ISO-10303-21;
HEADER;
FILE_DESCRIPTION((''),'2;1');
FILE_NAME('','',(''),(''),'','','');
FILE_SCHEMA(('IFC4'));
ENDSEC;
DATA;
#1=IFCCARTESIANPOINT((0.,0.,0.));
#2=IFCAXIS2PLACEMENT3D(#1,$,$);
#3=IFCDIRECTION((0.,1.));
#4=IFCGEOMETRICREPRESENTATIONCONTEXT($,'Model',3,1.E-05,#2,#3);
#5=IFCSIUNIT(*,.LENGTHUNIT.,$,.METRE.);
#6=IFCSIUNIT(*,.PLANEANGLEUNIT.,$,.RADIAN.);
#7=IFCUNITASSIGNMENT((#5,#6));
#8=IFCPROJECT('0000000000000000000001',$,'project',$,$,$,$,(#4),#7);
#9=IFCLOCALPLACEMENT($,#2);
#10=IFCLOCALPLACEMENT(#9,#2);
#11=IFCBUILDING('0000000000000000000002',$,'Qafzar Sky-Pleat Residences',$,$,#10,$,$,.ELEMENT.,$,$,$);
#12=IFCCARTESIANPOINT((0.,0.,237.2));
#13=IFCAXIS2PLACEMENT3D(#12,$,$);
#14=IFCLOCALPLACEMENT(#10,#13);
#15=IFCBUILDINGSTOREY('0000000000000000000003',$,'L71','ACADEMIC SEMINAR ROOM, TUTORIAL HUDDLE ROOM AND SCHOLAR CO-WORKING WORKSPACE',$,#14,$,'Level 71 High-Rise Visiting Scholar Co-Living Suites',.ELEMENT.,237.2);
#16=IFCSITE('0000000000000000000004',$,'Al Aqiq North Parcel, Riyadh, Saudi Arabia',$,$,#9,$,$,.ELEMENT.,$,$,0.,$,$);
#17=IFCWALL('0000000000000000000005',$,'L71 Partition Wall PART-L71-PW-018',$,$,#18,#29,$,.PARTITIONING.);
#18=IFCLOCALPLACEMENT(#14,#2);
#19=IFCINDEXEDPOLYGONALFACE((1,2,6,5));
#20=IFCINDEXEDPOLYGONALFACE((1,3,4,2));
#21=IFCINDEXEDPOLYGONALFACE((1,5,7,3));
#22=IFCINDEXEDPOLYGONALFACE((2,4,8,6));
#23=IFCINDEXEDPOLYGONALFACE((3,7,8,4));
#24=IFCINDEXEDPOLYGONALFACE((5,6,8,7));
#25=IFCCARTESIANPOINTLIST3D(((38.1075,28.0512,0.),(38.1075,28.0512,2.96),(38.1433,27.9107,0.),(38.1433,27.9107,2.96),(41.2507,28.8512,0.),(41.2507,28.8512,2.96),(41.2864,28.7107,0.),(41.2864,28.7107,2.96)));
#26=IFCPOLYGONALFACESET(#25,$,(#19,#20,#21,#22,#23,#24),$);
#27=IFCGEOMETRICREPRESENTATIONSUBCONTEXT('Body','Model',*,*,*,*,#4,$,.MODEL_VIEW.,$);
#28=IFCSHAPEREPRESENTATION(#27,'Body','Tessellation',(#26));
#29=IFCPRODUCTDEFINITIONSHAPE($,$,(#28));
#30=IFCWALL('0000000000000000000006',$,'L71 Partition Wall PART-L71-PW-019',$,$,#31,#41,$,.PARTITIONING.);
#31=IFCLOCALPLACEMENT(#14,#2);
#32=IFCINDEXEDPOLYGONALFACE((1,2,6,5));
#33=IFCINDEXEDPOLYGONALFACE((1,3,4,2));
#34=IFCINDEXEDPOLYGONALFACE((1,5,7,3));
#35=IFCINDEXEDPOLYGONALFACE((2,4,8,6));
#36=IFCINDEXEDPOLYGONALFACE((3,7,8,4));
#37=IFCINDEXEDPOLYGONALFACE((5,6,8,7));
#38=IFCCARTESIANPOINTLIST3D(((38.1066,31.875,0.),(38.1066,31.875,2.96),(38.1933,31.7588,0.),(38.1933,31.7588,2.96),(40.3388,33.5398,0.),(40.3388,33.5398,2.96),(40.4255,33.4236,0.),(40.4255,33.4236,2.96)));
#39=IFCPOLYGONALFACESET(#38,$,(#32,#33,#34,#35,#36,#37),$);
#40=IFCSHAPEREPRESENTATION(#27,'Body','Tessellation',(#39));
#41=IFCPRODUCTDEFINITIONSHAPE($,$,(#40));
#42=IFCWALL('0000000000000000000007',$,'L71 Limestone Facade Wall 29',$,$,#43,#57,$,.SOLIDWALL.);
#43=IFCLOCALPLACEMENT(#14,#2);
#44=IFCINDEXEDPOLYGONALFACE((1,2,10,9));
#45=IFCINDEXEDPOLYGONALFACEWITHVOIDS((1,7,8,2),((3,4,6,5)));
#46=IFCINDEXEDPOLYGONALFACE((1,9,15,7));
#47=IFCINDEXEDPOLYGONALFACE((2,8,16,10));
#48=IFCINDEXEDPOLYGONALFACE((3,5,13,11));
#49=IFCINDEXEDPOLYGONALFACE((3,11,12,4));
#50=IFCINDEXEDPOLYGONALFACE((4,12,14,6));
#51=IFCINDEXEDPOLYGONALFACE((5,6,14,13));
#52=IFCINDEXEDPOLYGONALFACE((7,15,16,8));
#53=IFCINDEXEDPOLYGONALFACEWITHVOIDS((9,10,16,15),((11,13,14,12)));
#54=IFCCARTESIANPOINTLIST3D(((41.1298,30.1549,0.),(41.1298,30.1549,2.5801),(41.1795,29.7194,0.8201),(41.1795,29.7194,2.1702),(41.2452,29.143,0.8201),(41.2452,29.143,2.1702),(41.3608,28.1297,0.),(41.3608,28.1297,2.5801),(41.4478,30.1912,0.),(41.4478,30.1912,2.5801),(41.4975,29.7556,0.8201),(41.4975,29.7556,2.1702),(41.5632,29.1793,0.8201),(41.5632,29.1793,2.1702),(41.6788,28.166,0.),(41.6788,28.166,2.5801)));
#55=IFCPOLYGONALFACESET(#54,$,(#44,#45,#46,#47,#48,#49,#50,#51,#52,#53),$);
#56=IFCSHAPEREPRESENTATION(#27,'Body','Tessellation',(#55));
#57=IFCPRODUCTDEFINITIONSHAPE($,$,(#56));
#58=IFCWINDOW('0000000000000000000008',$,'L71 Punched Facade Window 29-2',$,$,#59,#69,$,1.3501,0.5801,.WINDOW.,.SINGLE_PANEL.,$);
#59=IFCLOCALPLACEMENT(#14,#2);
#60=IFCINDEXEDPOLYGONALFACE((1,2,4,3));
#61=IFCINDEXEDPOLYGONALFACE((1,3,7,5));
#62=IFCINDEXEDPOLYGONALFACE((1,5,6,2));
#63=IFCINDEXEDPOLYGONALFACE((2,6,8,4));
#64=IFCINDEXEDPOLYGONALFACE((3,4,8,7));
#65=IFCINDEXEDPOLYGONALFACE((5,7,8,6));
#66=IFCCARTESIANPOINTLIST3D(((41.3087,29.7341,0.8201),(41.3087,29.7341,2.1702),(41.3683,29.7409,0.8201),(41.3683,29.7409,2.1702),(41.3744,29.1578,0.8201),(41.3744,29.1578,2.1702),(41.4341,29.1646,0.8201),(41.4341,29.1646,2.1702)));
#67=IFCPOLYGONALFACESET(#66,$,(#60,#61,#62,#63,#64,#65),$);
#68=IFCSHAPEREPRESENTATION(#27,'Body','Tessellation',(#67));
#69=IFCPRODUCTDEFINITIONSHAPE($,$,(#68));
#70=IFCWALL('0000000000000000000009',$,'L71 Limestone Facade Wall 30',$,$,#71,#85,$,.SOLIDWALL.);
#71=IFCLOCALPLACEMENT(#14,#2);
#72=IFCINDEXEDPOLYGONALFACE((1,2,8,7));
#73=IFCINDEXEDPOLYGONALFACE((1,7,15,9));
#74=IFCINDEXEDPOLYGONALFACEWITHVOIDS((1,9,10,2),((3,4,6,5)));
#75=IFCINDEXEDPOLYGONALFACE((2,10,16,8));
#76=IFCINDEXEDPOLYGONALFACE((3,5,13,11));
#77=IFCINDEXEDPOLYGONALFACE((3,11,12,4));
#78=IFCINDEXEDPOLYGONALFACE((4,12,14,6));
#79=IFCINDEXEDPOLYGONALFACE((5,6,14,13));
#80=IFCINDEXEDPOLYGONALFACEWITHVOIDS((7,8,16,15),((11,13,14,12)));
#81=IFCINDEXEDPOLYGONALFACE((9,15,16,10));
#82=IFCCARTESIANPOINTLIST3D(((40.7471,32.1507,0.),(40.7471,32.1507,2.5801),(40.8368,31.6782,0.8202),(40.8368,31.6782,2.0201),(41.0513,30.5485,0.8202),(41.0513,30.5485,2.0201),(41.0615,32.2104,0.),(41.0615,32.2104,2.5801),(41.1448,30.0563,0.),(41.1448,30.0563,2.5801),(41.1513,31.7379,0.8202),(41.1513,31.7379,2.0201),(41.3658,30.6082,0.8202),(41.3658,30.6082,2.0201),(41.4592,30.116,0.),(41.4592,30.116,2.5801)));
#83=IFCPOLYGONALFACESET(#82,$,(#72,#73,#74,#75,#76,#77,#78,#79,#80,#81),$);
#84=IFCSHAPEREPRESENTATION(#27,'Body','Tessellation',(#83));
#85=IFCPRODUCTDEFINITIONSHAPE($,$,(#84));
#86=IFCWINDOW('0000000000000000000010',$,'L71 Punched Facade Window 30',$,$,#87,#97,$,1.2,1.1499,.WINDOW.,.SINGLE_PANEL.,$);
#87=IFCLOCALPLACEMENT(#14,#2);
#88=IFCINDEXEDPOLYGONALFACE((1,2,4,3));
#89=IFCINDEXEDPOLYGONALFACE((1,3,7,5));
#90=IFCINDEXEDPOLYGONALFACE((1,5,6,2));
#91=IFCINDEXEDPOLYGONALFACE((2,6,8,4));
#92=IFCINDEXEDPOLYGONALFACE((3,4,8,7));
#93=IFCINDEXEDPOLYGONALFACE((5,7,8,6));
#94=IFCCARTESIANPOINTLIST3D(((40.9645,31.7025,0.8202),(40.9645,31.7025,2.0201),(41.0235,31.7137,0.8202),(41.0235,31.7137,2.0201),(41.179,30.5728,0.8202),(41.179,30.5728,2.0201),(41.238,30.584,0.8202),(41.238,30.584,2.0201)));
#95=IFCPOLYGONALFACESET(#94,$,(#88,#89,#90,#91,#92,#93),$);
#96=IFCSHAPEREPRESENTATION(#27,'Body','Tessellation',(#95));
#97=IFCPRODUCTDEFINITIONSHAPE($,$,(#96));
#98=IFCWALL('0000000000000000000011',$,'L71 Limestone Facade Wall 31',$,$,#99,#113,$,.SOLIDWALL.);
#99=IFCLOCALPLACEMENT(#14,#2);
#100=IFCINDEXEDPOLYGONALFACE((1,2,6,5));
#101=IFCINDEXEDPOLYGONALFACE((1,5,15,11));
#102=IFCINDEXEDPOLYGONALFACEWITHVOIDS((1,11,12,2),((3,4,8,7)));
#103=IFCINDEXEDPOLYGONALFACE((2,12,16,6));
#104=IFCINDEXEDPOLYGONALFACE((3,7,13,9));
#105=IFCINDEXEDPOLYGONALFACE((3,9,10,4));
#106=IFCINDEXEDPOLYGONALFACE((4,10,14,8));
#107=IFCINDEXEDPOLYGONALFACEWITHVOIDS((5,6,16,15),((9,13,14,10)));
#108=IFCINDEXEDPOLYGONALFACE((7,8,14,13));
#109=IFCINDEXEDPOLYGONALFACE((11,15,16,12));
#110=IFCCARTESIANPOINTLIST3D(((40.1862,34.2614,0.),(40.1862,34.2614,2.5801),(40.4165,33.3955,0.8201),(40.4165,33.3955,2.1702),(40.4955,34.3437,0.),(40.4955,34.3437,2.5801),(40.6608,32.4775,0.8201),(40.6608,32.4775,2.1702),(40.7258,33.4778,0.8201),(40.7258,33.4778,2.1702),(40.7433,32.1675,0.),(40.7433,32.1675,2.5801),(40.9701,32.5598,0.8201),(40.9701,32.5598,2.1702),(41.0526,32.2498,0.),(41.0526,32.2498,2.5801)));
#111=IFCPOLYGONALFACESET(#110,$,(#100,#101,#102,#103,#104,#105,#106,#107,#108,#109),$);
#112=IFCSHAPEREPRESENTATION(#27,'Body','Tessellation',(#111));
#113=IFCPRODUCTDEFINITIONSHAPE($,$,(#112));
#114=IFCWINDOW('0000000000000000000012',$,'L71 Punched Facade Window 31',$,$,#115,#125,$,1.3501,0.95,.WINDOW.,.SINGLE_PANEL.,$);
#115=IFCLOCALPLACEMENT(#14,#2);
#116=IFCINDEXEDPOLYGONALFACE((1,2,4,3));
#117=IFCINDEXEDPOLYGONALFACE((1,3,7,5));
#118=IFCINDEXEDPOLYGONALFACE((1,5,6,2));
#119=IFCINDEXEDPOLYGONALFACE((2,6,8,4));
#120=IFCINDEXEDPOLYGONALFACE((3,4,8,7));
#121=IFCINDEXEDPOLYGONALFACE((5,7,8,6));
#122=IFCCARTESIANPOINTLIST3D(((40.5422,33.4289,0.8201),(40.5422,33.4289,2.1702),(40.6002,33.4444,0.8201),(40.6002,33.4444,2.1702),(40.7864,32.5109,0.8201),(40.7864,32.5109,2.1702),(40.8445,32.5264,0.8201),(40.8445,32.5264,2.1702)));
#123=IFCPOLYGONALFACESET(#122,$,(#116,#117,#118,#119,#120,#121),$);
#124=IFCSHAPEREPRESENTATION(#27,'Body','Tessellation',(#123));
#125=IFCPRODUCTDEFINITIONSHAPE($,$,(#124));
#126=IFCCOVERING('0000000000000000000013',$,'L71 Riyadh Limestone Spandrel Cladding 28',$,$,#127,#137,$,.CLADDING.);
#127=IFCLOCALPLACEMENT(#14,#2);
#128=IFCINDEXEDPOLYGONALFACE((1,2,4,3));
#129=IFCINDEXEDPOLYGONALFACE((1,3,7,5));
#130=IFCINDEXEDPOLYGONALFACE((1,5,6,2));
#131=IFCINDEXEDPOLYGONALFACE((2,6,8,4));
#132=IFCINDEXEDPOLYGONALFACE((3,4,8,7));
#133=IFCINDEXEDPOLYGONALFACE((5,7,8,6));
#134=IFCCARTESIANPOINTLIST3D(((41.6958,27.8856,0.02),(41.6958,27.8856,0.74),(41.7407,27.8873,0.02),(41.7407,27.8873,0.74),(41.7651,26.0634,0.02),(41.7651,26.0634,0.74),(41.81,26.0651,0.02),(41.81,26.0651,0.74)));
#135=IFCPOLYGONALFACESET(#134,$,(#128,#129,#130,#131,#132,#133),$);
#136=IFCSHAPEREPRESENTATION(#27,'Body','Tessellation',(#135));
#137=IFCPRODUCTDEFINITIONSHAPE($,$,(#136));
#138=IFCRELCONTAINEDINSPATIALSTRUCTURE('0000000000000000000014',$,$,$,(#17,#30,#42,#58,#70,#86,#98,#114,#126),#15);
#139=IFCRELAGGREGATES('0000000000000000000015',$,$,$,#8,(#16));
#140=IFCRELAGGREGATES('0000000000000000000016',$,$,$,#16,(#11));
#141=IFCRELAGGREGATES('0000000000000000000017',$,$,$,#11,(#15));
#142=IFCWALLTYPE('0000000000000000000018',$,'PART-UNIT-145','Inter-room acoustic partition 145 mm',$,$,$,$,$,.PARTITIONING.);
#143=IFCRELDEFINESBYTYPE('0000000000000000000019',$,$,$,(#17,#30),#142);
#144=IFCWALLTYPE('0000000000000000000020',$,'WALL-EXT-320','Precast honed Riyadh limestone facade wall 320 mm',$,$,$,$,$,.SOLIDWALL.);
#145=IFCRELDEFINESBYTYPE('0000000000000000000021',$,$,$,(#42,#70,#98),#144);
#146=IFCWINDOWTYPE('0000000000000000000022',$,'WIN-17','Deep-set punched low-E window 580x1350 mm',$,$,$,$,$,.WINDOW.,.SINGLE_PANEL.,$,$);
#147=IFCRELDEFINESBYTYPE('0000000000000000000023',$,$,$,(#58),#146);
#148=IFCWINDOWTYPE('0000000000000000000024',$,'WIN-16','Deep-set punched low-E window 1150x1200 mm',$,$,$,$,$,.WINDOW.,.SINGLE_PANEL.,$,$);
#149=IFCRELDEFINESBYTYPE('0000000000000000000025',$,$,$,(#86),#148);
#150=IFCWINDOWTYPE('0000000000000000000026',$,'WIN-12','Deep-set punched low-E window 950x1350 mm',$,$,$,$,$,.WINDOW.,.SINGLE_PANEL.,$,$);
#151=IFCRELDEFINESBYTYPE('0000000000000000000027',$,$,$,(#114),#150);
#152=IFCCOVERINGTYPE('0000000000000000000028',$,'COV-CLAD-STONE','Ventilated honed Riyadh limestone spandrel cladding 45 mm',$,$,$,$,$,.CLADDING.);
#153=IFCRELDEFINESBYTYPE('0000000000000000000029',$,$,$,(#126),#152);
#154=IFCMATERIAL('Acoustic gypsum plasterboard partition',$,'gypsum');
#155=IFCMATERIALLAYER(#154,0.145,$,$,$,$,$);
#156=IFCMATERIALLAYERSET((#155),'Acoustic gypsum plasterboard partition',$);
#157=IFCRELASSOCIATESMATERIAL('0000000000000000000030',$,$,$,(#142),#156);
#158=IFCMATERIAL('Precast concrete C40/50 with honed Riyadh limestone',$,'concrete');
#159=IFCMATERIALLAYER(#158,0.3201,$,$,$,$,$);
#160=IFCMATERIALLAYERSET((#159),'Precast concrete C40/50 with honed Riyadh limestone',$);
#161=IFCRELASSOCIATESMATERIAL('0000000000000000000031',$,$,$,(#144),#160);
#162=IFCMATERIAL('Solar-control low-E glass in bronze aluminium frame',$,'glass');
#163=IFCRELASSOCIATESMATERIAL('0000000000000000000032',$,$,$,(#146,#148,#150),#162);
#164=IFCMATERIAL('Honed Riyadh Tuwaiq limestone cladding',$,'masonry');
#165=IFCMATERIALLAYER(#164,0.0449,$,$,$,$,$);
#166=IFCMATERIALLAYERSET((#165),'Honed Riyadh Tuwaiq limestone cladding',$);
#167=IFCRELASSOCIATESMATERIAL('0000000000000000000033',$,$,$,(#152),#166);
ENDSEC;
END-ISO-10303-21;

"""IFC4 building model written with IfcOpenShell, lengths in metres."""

from ifc_helpers import new_model, si_unit, direction, frame, frame_2d, origin, origin_2d, place, context, subcontext, project, spatial, rectangle, extrude, source, transform, mapped, material, layer, layer_set, type_object, element, fill, save


model = new_model("IFC4")

# Units and contexts
model_context = context("Model", 3, precision=1e-05, world=origin(), true_north=direction((0.0, 1.0)))
body_context = subcontext(model_context, "Body", "Model", "MODEL_VIEW")
ifc_project = project(units=[si_unit("LENGTHUNIT", "METRE"), si_unit("PLANEANGLEUNIT", "RADIAN")], contexts=[model_context])

# Site, building, storey
site_placement = place(None, origin())
site = spatial("IfcSite", under=ifc_project, at=site_placement, Name="Al Aqiq North Parcel, Riyadh, Saudi Arabia", CompositionType="ELEMENT", RefElevation=0.0)
building_placement = place(site_placement, origin())
building = spatial("IfcBuilding", under=site, at=building_placement, Name="Qafzar Sky-Pleat Residences", CompositionType="ELEMENT")
storey_placement = place(building_placement, frame((0.0, 0.0, 237.2)))
storey = spatial("IfcBuildingStorey", under=building, at=storey_placement, Name="L71", Description="ACADEMIC SEMINAR ROOM, TUTORIAL HUDDLE ROOM AND SCHOLAR CO-WORKING WORKSPACE", LongName="Level 71 High-Rise Visiting Scholar Co-Living Suites", CompositionType="ELEMENT", Elevation=237.2)

# Shared definitions
ifc_material_1 = material(Name="Acoustic gypsum plasterboard partition", Category="gypsum")

# Walls
ifc_layer_1 = layer(ifc_material_1, 0.145)
ifc_layer_set_1 = layer_set([ifc_layer_1], Name="Acoustic gypsum plasterboard partition")
wall_type_1 = type_object("IfcWallType", Name="PART-UNIT-145", Description="Inter-room acoustic partition 145 mm", PredefinedType="PARTITIONING", material=ifc_layer_set_1)
wall_1_placement = place(storey_placement, frame((38.1255, 27.981, 0.0), z_axis=(0.0, 0.0, 1.0), x_axis=(0.969102, 0.24666, 0.0)))
element("IfcWall", 1, at=wall_1_placement, inside=storey, type_object=wall_type_1, Name="L71 Partition Wall PART-L71-PW-018", PredefinedType="PARTITIONING", context=body_context, shape_type="SweptSolid", body=[
    extrude(rectangle(XDim=3.2434, YDim=0.145, at=frame_2d((1.6216, 0.0))), origin(), (0.0, 0.0, 1.0), 2.96),
])
wall_2_placement = place(storey_placement, frame((38.1499, 31.8169, 0.0), z_axis=(0.0, 0.0, 1.0), x_axis=(0.801607, 0.597852, 0.0)))
element("IfcWall", 2, at=wall_2_placement, inside=storey, type_object=wall_type_1, Name="L71 Partition Wall PART-L71-PW-019", PredefinedType="PARTITIONING", context=body_context, shape_type="SweptSolid", body=[
    extrude(rectangle(XDim=2.7847, YDim=0.145, at=frame_2d((1.3923, 0.0))), origin(), (0.0, 0.0, 1.0), 2.96),
])

# Walls, openings, windows
ifc_material_2 = material(Name="Precast concrete C40/50 with honed Riyadh limestone", Category="concrete")
ifc_layer_2 = layer(ifc_material_2, 0.3201)
ifc_layer_set_2 = layer_set([ifc_layer_2], Name="Precast concrete C40/50 with honed Riyadh limestone")
wall_type_2 = type_object("IfcWallType", Name="WALL-EXT-320", Description="Precast honed Riyadh limestone facade wall 320 mm", PredefinedType="SOLIDWALL", material=ifc_layer_set_2)
wall_3_placement = place(storey_placement, frame((41.5198, 28.1479, 0.0), z_axis=(0.0, 0.0, 1.0), x_axis=(-0.11331, 0.99356, 0.0)))
wall_3 = element("IfcWall", 3, at=wall_3_placement, inside=storey, type_object=wall_type_2, Name="L71 Limestone Facade Wall 29", PredefinedType="SOLIDWALL", context=body_context, shape_type="SweptSolid", body=[
    extrude(rectangle(XDim=2.0383, YDim=0.3201, at=frame_2d((1.019, 0.0))), origin(), (0.0, 0.0, 1.0), 2.5801),
])
opening_1_placement = place(wall_3_placement, frame((1.0198, 0.0, 0.8201)))
opening_1 = element("IfcOpeningElement", 4, at=opening_1_placement, cuts=wall_3, PredefinedType="OPENING", context=body_context, shape_type="SweptSolid", body=[
    extrude(rectangle(XDim=0.5801, YDim=1.3501, at=frame_2d((0.29, 0.675))), frame((0.0, 0.1699, 0.0), z_axis=(0.0, -1.0, 0.0), x_axis=(1.0, 0.0, 0.0)), (0.0, 0.0, 1.0), 0.3401),
])
ifc_material_3 = material(Name="Solar-control low-E glass in bronze aluminium frame", Category="glass")
window_type_1 = type_object("IfcWindowType", Name="WIN-17", Description="Deep-set punched low-E window 580x1350 mm", PartitioningType="SINGLE_PANEL", PredefinedType="WINDOW", material=ifc_material_3)
shared_shape_1 = source(origin(), body_context, "Body", "SweptSolid", [
    extrude(rectangle(XDim=0.5801, YDim=1.3501, at=frame_2d((0.29, 0.675))), frame((0.0, 0.03, 0.0), z_axis=(0.0, -1.0, 0.0), x_axis=(1.0, 0.0, 0.0)), (0.0, 0.0, 1.0), 0.0601),
])
window_1_placement = place(opening_1_placement, origin())
window_1 = element("IfcWindow", 5, at=window_1_placement, inside=storey, type_object=window_type_1, Name="L71 Punched Facade Window 29-2", OverallHeight=1.3501, OverallWidth=0.5801, PartitioningType="SINGLE_PANEL", PredefinedType="WINDOW", context=body_context, shape_type="MappedRepresentation", body=[
    mapped(shared_shape_1, transform((0.0, 0.0, 0.0), x_axis=(1.0, 0.0, 0.0), y_axis=(0.0, 1.0, 0.0), z_axis=(0.0, 0.0, 1.0), scale=1.0)),
])
fill(opening_1, window_1)
wall_4_placement = place(storey_placement, frame((41.302, 30.0862, 0.0), z_axis=(0.0, 0.0, 1.0), x_axis=(-0.186549, 0.982446, 0.0)))
wall_4 = element("IfcWall", 6, at=wall_4_placement, inside=storey, type_object=wall_type_2, Name="L71 Limestone Facade Wall 30", PredefinedType="SOLIDWALL", context=body_context, shape_type="SweptSolid", body=[
    extrude(rectangle(XDim=2.1318, YDim=0.3201, at=frame_2d((1.0659, 0.0))), origin(), (0.0, 0.0, 1.0), 2.5801),
])
opening_2_placement = place(wall_4_placement, frame((0.501, 0.0, 0.8201)))
opening_2 = element("IfcOpeningElement", 7, at=opening_2_placement, cuts=wall_4, PredefinedType="OPENING", context=body_context, shape_type="SweptSolid", body=[
    extrude(rectangle(XDim=1.1499, YDim=1.2, at=frame_2d((0.575, 0.6001))), frame((0.0, 0.1699, 0.0), z_axis=(0.0, -1.0, 0.0), x_axis=(1.0, 0.0, 0.0)), (0.0, 0.0, 1.0), 0.3401),
])
window_type_2 = type_object("IfcWindowType", Name="WIN-16", Description="Deep-set punched low-E window 1150x1200 mm", PartitioningType="SINGLE_PANEL", PredefinedType="WINDOW", material=ifc_material_3)
shared_shape_2 = source(origin(), body_context, "Body", "SweptSolid", [
    extrude(rectangle(XDim=1.1499, YDim=1.2, at=frame_2d((0.575, 0.6001))), frame((0.0, 0.03, 0.0), z_axis=(0.0, -1.0, 0.0), x_axis=(1.0, 0.0, 0.0)), (0.0, 0.0, 1.0), 0.0601),
])
window_2_placement = place(opening_2_placement, origin())
window_2 = element("IfcWindow", 8, at=window_2_placement, inside=storey, type_object=window_type_2, Name="L71 Punched Facade Window 30", OverallHeight=1.2, OverallWidth=1.1499, PartitioningType="SINGLE_PANEL", PredefinedType="WINDOW", context=body_context, shape_type="MappedRepresentation", body=[
    mapped(shared_shape_2, transform((0.0, 0.0, 0.0), x_axis=(1.0, 0.0, 0.0), y_axis=(0.0, 1.0, 0.0), z_axis=(0.0, 0.0, 1.0), scale=1.0)),
])
fill(opening_2, window_2)
wall_5_placement = place(storey_placement, frame((40.8979, 32.2085, 0.0), z_axis=(0.0, 0.0, 1.0), x_axis=(-0.257116, 0.966381, 0.0)))
wall_5 = element("IfcWall", 9, at=wall_5_placement, inside=storey, type_object=wall_type_2, Name="L71 Limestone Facade Wall 31", PredefinedType="SOLIDWALL", context=body_context, shape_type="SweptSolid", body=[
    extrude(rectangle(XDim=2.1667, YDim=0.3201, at=frame_2d((1.0835, 0.0))), origin(), (0.0, 0.0, 1.0), 2.5801),
])
opening_3_placement = place(wall_5_placement, frame((0.3208, 0.0, 0.8201)))
opening_3 = element("IfcOpeningElement", 10, at=opening_3_placement, cuts=wall_5, PredefinedType="OPENING", context=body_context, shape_type="SweptSolid", body=[
    extrude(rectangle(XDim=0.95, YDim=1.3501, at=frame_2d((0.4751, 0.675))), frame((0.0, 0.1699, 0.0), z_axis=(0.0, -1.0, 0.0), x_axis=(1.0, 0.0, 0.0)), (0.0, 0.0, 1.0), 0.3401),
])
window_type_3 = type_object("IfcWindowType", Name="WIN-12", Description="Deep-set punched low-E window 950x1350 mm", PartitioningType="SINGLE_PANEL", PredefinedType="WINDOW", material=ifc_material_3)
shared_shape_3 = source(origin(), body_context, "Body", "SweptSolid", [
    extrude(rectangle(XDim=0.95, YDim=1.3501, at=frame_2d((0.4751, 0.675))), frame((0.0, 0.03, 0.0), z_axis=(0.0, -1.0, 0.0), x_axis=(1.0, 0.0, 0.0)), (0.0, 0.0, 1.0), 0.0601),
])
window_3_placement = place(opening_3_placement, origin())
window_3 = element("IfcWindow", 11, at=window_3_placement, inside=storey, type_object=window_type_3, Name="L71 Punched Facade Window 31", OverallHeight=1.3501, OverallWidth=0.95, PartitioningType="SINGLE_PANEL", PredefinedType="WINDOW", context=body_context, shape_type="MappedRepresentation", body=[
    mapped(shared_shape_3, transform((0.0, 0.0, 0.0), x_axis=(1.0, 0.0, 0.0), y_axis=(0.0, 1.0, 0.0), z_axis=(0.0, 0.0, 1.0), scale=1.0)),
])
fill(opening_3, window_3)

# Covering
ifc_material_4 = material(Name="Honed Riyadh Tuwaiq limestone cladding", Category="masonry")
ifc_layer_3 = layer(ifc_material_4, 0.0449)
ifc_layer_set_3 = layer_set([ifc_layer_3], Name="Honed Riyadh Tuwaiq limestone cladding")
covering_type = type_object("IfcCoveringType", Name="COV-CLAD-STONE", Description="Ventilated honed Riyadh limestone spandrel cladding 45 mm", PredefinedType="CLADDING", material=ifc_layer_set_3)
shared_shape_4 = source(origin(), body_context, "Body", "SweptSolid", [
    extrude(rectangle(XDim=1.8235, YDim=0.0449, at=origin_2d()), origin(), (0.0, 0.0, 1.0), 0.72),
])
covering_placement = place(storey_placement, frame((41.7529, 26.9753, 0.02), z_axis=(0.0, 0.0, 1.0), x_axis=(-0.038003, 0.999278, 0.0)))
element("IfcCovering", 12, at=covering_placement, inside=storey, type_object=covering_type, Name="L71 Riyadh Limestone Spandrel Cladding 28", PredefinedType="CLADDING", context=body_context, shape_type="MappedRepresentation", body=[
    mapped(shared_shape_4, transform((0.0, 0.0, 0.0), x_axis=(1.0, 0.0, 0.0), y_axis=(0.0, 1.0, 0.0), z_axis=(0.0, 0.0, 1.0), scale=1.0)),
])

save(model, "model.ifc")
